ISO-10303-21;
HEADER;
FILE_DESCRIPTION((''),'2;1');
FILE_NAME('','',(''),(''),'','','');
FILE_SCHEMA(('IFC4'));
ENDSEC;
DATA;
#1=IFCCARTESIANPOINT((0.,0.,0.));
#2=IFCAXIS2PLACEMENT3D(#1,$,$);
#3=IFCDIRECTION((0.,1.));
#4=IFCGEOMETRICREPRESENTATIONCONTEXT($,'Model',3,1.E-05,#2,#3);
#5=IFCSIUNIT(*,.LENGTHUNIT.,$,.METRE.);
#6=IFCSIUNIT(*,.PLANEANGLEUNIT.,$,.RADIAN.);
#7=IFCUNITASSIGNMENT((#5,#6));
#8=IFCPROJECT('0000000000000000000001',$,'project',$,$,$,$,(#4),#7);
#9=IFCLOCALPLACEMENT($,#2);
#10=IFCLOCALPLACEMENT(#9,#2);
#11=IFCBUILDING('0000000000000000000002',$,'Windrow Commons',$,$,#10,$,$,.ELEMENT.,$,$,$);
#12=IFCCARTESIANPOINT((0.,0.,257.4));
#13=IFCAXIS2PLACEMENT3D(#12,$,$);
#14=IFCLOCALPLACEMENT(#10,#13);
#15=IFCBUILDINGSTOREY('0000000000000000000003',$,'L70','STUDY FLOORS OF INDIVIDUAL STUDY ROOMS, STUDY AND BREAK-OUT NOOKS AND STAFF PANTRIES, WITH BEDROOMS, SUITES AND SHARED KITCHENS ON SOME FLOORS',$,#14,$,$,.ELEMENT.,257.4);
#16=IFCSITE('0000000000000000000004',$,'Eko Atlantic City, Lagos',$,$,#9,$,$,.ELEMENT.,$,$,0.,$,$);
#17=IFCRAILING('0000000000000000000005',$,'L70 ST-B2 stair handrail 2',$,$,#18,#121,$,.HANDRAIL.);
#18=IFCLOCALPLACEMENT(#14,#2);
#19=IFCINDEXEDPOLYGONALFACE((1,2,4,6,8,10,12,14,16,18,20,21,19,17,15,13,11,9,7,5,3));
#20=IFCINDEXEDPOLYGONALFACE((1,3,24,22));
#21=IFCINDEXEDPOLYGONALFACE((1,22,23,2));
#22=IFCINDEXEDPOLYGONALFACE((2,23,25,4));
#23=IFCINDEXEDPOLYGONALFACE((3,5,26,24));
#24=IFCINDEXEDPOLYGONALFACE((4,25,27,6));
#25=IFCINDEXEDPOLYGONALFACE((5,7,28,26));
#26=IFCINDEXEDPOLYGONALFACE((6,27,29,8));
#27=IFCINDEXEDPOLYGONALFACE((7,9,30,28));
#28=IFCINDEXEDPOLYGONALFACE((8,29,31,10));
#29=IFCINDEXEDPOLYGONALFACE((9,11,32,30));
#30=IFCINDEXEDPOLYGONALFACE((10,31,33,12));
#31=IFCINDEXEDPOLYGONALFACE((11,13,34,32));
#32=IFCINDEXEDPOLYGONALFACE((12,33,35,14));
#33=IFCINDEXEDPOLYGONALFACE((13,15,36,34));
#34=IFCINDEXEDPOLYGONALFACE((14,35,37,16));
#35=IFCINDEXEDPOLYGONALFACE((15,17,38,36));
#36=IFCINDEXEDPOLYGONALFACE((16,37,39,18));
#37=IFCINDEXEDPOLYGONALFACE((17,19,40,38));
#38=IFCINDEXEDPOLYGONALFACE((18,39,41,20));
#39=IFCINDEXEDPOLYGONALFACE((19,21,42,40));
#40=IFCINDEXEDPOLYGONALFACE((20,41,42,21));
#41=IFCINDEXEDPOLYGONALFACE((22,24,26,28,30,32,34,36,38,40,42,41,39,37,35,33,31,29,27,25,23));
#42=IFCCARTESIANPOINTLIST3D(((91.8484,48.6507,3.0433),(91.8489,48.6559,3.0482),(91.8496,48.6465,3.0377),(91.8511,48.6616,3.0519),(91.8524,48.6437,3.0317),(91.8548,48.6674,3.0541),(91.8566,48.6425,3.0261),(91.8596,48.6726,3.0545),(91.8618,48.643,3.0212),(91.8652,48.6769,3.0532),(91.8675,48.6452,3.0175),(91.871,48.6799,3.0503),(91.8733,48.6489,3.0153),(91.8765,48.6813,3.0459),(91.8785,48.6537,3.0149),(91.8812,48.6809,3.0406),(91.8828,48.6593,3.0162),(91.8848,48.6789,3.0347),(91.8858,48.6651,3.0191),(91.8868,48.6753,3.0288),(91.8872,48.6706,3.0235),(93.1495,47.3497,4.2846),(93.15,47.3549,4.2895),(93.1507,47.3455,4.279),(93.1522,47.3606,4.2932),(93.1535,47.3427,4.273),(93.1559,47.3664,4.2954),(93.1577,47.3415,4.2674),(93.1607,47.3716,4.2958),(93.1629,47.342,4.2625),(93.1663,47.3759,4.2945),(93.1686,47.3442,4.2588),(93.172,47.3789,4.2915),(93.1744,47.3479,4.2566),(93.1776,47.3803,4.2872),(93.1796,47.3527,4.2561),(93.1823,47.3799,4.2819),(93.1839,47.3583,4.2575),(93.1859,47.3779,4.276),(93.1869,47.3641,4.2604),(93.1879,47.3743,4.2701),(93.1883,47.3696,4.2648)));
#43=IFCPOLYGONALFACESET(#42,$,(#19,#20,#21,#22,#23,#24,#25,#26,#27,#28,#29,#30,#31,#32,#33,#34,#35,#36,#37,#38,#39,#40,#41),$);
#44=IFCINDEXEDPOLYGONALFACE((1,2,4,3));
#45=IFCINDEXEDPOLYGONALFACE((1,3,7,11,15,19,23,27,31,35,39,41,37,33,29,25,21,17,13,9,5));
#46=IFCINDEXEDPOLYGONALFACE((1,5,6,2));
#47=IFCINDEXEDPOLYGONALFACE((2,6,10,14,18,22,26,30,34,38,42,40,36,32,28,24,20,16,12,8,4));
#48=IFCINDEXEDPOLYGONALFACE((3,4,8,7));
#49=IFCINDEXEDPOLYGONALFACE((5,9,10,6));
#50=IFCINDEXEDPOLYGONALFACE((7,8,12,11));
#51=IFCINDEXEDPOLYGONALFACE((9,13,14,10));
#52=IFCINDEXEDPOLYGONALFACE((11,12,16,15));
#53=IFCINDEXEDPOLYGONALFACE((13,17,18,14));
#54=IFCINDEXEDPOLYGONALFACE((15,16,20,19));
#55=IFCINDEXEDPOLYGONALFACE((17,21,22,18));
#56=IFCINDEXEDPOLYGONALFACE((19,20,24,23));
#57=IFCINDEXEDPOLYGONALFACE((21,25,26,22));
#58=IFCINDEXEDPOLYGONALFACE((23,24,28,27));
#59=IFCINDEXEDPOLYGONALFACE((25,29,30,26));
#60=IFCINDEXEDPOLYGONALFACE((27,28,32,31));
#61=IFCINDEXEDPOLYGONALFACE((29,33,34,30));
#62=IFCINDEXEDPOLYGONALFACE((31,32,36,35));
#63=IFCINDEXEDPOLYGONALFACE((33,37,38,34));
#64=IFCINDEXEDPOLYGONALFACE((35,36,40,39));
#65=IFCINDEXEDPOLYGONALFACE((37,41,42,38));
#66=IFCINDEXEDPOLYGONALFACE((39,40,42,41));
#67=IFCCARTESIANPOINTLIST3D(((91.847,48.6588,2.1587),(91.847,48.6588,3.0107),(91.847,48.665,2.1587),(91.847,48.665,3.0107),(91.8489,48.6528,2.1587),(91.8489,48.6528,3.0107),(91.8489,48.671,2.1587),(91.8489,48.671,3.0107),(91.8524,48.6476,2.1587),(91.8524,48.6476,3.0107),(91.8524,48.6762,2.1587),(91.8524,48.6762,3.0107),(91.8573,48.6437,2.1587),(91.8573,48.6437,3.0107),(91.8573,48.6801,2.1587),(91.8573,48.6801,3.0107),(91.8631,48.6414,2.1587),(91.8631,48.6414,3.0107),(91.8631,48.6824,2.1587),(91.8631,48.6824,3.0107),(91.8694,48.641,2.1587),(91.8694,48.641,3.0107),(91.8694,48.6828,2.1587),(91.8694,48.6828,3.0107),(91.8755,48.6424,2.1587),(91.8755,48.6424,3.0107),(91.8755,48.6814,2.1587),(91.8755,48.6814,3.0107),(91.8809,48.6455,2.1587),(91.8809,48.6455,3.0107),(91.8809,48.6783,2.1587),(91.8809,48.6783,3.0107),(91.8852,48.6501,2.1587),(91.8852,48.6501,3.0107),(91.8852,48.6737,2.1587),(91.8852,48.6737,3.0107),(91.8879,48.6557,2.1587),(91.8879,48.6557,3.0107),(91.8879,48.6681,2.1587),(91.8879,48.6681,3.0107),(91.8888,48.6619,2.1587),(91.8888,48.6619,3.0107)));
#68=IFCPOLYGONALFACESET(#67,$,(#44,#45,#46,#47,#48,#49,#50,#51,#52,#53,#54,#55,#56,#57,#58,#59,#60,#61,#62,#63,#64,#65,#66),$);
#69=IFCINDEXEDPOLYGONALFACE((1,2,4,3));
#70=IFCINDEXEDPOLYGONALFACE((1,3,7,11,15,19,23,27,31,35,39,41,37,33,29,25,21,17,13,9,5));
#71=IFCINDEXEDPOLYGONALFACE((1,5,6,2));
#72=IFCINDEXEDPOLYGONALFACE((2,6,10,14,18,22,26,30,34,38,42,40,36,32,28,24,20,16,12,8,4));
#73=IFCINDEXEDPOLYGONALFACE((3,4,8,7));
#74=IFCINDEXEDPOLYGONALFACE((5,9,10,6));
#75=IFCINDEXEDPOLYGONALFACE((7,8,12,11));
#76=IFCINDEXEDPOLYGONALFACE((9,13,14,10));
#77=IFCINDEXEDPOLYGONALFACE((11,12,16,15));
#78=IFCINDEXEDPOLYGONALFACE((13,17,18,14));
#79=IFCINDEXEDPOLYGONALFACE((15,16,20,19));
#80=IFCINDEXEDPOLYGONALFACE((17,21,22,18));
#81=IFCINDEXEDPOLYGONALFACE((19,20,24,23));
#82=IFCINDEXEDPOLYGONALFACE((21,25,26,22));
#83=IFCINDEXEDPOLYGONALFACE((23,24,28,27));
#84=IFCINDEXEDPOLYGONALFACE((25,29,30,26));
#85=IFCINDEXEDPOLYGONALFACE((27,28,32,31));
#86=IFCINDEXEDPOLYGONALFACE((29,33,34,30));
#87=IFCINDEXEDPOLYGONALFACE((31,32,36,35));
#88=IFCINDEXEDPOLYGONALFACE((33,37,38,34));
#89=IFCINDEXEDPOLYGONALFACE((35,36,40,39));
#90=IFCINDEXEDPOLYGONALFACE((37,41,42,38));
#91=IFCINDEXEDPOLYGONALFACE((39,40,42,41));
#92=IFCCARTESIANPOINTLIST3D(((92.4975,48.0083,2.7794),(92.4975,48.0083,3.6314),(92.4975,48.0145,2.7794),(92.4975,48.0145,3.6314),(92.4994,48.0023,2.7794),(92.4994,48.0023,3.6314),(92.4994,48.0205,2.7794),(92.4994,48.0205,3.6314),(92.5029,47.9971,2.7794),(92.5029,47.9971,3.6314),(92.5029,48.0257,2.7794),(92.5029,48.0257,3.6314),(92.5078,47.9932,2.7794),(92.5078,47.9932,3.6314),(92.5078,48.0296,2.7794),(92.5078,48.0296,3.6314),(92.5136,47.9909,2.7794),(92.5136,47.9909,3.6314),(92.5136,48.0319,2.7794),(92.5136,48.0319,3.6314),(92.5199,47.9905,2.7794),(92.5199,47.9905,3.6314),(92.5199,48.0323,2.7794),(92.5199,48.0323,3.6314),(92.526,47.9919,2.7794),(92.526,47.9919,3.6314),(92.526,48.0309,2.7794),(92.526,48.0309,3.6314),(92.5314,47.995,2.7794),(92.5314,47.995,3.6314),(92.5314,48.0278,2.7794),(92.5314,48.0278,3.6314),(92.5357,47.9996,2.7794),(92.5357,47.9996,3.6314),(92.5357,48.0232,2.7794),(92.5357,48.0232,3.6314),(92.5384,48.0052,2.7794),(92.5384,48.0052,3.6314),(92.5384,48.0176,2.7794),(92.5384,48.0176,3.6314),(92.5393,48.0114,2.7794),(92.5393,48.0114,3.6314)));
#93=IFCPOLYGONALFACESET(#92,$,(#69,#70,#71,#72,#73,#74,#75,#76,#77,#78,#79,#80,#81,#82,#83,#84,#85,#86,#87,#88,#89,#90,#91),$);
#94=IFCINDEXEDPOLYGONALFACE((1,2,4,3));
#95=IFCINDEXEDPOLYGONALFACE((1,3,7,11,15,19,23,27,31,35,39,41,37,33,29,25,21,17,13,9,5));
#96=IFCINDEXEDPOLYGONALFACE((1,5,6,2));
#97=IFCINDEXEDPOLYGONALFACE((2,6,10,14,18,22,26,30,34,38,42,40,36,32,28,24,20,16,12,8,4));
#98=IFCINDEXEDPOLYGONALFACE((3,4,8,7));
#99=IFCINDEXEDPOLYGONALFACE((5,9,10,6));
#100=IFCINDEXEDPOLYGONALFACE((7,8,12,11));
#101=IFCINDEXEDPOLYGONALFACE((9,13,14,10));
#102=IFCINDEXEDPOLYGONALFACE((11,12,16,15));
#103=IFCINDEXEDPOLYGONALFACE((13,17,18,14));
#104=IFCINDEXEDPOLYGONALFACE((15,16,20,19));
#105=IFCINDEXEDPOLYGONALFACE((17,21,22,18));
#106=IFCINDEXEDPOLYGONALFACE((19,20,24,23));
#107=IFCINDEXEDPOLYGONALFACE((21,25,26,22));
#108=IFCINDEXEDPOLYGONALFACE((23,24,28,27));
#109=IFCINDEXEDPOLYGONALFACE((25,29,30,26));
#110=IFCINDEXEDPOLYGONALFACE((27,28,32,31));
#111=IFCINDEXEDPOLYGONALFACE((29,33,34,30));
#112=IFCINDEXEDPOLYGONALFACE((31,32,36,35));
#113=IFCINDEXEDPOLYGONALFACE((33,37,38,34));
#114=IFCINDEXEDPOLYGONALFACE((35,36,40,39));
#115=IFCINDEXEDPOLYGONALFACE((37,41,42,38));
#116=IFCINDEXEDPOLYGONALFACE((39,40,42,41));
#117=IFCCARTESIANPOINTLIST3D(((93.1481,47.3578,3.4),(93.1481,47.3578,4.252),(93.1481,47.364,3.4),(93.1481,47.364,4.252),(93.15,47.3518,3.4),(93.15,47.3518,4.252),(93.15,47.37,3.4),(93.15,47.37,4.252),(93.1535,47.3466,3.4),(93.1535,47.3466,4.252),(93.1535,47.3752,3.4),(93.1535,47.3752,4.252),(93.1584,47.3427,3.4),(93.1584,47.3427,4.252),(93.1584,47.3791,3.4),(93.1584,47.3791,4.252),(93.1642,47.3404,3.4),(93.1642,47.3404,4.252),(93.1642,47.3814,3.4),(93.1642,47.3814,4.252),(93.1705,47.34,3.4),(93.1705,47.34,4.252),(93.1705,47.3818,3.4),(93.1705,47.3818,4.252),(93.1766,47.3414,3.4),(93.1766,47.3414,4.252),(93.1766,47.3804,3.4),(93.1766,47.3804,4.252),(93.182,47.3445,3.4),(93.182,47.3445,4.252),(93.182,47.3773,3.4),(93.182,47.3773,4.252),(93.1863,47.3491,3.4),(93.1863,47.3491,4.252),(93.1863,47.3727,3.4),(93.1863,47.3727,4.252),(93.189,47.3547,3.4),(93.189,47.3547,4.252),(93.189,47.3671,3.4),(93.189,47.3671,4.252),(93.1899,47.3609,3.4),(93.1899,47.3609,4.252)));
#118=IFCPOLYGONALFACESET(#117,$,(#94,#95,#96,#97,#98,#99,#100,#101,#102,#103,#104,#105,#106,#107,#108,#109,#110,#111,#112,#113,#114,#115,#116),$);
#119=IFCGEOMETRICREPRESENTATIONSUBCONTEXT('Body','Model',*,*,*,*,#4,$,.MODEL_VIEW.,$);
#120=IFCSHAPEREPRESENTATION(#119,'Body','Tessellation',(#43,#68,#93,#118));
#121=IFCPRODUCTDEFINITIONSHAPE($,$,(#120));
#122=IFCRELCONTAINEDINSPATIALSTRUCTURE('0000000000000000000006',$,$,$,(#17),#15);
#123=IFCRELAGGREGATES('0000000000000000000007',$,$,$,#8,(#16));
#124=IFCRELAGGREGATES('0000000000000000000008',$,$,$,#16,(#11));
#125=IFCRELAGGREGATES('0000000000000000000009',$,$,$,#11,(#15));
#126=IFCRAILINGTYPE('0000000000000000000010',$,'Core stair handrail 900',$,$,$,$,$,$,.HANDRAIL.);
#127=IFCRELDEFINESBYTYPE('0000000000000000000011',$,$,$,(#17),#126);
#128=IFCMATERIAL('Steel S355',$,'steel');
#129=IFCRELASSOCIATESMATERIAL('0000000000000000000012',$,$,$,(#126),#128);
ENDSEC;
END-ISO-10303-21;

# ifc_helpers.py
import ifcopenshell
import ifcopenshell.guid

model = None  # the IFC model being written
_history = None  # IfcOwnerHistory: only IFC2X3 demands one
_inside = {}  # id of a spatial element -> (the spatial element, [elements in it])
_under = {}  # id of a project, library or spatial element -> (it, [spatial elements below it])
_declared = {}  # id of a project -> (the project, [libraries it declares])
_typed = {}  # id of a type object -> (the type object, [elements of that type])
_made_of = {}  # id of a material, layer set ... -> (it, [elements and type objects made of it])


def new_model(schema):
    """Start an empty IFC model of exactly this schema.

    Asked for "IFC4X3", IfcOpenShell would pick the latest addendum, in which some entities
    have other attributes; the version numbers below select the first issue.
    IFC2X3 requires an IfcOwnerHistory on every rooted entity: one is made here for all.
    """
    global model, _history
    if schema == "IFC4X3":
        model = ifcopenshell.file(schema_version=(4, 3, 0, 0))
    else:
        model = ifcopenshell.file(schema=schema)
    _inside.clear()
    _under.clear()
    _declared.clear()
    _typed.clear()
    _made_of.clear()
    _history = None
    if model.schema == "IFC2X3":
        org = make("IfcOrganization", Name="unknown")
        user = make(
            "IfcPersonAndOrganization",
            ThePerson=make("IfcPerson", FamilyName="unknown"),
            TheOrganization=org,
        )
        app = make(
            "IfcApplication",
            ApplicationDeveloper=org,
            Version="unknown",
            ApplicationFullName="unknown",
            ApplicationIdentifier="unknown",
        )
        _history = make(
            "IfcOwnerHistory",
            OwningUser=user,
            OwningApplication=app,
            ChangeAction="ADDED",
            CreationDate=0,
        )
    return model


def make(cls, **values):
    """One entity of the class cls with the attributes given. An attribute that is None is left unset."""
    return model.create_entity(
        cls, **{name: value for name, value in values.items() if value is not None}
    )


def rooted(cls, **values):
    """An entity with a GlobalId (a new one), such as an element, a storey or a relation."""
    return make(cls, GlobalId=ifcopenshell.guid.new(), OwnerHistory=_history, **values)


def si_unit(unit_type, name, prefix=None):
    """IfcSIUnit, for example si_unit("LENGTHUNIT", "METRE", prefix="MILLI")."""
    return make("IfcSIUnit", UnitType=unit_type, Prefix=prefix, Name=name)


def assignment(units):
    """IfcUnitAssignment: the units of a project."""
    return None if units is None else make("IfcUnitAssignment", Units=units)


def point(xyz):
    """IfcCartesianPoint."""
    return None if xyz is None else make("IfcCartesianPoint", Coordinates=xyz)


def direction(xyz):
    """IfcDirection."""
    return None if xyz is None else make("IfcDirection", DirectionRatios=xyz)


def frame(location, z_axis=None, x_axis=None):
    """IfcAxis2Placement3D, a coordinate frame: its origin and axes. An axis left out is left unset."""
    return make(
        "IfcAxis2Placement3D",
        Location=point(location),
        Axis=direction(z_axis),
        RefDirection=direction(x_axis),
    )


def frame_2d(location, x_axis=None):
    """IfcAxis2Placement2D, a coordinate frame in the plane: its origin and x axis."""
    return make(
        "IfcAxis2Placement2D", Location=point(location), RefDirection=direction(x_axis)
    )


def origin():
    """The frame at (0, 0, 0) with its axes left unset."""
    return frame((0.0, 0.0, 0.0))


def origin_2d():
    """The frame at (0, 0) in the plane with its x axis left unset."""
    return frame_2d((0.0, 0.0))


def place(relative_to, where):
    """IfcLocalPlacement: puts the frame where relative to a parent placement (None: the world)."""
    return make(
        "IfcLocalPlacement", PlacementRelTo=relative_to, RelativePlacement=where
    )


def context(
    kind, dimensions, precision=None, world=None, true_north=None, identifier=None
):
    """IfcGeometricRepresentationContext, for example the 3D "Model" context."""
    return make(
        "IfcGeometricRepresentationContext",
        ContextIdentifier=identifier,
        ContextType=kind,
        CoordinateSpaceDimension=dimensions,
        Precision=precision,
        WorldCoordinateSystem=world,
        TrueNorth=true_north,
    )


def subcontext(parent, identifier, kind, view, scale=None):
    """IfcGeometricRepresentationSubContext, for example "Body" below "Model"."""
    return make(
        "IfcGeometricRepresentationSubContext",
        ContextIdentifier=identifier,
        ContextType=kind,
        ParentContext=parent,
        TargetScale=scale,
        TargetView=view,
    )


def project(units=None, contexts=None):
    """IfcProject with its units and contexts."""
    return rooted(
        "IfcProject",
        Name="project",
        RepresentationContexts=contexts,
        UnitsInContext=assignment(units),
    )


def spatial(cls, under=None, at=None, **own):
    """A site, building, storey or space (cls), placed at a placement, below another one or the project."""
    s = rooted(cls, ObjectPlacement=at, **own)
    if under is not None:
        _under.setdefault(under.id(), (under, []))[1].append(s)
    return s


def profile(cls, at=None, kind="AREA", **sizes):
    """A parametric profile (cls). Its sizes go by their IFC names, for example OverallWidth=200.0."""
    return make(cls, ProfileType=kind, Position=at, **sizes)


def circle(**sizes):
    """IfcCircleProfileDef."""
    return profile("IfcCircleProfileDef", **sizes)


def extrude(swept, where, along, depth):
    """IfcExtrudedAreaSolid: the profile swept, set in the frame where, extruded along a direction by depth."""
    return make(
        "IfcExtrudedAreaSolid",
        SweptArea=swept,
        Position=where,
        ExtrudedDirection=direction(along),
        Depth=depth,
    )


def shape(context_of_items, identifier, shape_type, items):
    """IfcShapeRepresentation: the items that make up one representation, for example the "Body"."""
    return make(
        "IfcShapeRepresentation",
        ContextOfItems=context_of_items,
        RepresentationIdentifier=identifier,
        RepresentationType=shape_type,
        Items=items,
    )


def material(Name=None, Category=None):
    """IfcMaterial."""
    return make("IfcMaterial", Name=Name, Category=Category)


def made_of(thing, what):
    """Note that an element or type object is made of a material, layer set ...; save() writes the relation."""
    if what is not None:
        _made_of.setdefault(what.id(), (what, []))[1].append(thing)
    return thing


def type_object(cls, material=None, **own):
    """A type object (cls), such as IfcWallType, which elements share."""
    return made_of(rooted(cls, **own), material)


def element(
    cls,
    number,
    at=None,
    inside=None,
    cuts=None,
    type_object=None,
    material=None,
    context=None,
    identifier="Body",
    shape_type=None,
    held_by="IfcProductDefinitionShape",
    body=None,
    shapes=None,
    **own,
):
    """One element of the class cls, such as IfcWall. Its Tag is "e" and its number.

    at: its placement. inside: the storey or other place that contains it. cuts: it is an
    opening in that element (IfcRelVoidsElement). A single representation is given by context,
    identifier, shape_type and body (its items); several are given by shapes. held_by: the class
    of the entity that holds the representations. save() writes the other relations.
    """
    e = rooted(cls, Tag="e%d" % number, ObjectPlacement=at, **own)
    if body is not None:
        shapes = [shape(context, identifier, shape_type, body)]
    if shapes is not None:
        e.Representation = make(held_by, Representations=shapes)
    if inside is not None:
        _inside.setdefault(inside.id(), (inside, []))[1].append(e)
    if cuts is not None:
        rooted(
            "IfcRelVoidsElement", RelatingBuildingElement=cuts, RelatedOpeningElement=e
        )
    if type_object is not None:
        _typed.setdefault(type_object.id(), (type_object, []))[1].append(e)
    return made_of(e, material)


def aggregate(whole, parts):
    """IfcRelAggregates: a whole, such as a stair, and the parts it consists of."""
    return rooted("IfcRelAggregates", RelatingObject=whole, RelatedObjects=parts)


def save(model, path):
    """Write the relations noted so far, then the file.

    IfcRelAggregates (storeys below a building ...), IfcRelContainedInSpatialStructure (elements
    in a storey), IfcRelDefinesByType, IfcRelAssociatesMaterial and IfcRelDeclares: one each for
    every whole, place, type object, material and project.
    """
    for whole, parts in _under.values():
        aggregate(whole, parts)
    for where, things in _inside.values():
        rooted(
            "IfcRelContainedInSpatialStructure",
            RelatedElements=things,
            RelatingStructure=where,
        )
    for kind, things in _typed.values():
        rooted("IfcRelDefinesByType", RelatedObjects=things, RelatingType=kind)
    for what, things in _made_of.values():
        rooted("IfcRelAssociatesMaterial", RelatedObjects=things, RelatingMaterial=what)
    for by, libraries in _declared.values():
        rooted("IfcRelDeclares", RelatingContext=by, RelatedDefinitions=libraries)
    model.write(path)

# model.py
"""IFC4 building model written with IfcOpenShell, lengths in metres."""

from ifc_helpers import new_model, si_unit, direction, frame, origin, origin_2d, place, context, subcontext, project, spatial, circle, extrude, material, type_object, element, save


model = new_model("IFC4")

# Units and contexts
model_context = context("Model", 3, precision=1e-05, world=origin(), true_north=direction((0.0, 1.0)))
body_context = subcontext(model_context, "Body", "Model", "MODEL_VIEW")
ifc_project = project(units=[si_unit("LENGTHUNIT", "METRE"), si_unit("PLANEANGLEUNIT", "RADIAN")], contexts=[model_context])

# Site, building, storey
site_placement = place(None, origin())
site = spatial("IfcSite", under=ifc_project, at=site_placement, Name="Eko Atlantic City, Lagos", CompositionType="ELEMENT", RefElevation=0.0)
building_placement = place(site_placement, origin())
building = spatial("IfcBuilding", under=site, at=building_placement, Name="Windrow Commons", CompositionType="ELEMENT")
storey_placement = place(building_placement, frame((0.0, 0.0, 257.4)))
storey = spatial("IfcBuildingStorey", under=building, at=storey_placement, Name="L70", Description="STUDY FLOORS OF INDIVIDUAL STUDY ROOMS, STUDY AND BREAK-OUT NOOKS AND STAFF PANTRIES, WITH BEDROOMS, SUITES AND SHARED KITCHENS ON SOME FLOORS", CompositionType="ELEMENT", Elevation=257.4)

# Railing
ifc_material_1 = material(Name="Steel S355", Category="steel")
railing_type_1 = type_object("IfcRailingType", Name="Core stair handrail 900", PredefinedType="HANDRAIL", material=ifc_material_1)
railing_1_placement = place(storey_placement, frame((91.8678, 48.6619, 2.1587)))
element("IfcRailing", 1, at=railing_1_placement, inside=storey, type_object=railing_type_1, Name="L70 ST-B2 stair handrail 2", PredefinedType="HANDRAIL", context=body_context, shape_type="SweptSolid", body=[
    extrude(circle(Radius=0.024, at=origin_2d()), frame((0.0, 0.0, 0.876), z_axis=(0.586207, -0.586162, 0.559264), x_axis=(0.70708, 0.707134, 0.0)), (0.0, 0.0, 1.0), 2.2195),
    extrude(circle(Radius=0.021, at=origin_2d()), origin(), (0.0, 0.0, 1.0), 0.852),
    extrude(circle(Radius=0.021, at=origin_2d()), frame((0.6505, -0.6505, 0.6207)), (0.0, 0.0, 1.0), 0.852),
    extrude(circle(Radius=0.021, at=origin_2d()), frame((1.3011, -1.301, 1.2413)), (0.0, 0.0, 1.0), 0.852),
])

save(model, "model.ifc")
